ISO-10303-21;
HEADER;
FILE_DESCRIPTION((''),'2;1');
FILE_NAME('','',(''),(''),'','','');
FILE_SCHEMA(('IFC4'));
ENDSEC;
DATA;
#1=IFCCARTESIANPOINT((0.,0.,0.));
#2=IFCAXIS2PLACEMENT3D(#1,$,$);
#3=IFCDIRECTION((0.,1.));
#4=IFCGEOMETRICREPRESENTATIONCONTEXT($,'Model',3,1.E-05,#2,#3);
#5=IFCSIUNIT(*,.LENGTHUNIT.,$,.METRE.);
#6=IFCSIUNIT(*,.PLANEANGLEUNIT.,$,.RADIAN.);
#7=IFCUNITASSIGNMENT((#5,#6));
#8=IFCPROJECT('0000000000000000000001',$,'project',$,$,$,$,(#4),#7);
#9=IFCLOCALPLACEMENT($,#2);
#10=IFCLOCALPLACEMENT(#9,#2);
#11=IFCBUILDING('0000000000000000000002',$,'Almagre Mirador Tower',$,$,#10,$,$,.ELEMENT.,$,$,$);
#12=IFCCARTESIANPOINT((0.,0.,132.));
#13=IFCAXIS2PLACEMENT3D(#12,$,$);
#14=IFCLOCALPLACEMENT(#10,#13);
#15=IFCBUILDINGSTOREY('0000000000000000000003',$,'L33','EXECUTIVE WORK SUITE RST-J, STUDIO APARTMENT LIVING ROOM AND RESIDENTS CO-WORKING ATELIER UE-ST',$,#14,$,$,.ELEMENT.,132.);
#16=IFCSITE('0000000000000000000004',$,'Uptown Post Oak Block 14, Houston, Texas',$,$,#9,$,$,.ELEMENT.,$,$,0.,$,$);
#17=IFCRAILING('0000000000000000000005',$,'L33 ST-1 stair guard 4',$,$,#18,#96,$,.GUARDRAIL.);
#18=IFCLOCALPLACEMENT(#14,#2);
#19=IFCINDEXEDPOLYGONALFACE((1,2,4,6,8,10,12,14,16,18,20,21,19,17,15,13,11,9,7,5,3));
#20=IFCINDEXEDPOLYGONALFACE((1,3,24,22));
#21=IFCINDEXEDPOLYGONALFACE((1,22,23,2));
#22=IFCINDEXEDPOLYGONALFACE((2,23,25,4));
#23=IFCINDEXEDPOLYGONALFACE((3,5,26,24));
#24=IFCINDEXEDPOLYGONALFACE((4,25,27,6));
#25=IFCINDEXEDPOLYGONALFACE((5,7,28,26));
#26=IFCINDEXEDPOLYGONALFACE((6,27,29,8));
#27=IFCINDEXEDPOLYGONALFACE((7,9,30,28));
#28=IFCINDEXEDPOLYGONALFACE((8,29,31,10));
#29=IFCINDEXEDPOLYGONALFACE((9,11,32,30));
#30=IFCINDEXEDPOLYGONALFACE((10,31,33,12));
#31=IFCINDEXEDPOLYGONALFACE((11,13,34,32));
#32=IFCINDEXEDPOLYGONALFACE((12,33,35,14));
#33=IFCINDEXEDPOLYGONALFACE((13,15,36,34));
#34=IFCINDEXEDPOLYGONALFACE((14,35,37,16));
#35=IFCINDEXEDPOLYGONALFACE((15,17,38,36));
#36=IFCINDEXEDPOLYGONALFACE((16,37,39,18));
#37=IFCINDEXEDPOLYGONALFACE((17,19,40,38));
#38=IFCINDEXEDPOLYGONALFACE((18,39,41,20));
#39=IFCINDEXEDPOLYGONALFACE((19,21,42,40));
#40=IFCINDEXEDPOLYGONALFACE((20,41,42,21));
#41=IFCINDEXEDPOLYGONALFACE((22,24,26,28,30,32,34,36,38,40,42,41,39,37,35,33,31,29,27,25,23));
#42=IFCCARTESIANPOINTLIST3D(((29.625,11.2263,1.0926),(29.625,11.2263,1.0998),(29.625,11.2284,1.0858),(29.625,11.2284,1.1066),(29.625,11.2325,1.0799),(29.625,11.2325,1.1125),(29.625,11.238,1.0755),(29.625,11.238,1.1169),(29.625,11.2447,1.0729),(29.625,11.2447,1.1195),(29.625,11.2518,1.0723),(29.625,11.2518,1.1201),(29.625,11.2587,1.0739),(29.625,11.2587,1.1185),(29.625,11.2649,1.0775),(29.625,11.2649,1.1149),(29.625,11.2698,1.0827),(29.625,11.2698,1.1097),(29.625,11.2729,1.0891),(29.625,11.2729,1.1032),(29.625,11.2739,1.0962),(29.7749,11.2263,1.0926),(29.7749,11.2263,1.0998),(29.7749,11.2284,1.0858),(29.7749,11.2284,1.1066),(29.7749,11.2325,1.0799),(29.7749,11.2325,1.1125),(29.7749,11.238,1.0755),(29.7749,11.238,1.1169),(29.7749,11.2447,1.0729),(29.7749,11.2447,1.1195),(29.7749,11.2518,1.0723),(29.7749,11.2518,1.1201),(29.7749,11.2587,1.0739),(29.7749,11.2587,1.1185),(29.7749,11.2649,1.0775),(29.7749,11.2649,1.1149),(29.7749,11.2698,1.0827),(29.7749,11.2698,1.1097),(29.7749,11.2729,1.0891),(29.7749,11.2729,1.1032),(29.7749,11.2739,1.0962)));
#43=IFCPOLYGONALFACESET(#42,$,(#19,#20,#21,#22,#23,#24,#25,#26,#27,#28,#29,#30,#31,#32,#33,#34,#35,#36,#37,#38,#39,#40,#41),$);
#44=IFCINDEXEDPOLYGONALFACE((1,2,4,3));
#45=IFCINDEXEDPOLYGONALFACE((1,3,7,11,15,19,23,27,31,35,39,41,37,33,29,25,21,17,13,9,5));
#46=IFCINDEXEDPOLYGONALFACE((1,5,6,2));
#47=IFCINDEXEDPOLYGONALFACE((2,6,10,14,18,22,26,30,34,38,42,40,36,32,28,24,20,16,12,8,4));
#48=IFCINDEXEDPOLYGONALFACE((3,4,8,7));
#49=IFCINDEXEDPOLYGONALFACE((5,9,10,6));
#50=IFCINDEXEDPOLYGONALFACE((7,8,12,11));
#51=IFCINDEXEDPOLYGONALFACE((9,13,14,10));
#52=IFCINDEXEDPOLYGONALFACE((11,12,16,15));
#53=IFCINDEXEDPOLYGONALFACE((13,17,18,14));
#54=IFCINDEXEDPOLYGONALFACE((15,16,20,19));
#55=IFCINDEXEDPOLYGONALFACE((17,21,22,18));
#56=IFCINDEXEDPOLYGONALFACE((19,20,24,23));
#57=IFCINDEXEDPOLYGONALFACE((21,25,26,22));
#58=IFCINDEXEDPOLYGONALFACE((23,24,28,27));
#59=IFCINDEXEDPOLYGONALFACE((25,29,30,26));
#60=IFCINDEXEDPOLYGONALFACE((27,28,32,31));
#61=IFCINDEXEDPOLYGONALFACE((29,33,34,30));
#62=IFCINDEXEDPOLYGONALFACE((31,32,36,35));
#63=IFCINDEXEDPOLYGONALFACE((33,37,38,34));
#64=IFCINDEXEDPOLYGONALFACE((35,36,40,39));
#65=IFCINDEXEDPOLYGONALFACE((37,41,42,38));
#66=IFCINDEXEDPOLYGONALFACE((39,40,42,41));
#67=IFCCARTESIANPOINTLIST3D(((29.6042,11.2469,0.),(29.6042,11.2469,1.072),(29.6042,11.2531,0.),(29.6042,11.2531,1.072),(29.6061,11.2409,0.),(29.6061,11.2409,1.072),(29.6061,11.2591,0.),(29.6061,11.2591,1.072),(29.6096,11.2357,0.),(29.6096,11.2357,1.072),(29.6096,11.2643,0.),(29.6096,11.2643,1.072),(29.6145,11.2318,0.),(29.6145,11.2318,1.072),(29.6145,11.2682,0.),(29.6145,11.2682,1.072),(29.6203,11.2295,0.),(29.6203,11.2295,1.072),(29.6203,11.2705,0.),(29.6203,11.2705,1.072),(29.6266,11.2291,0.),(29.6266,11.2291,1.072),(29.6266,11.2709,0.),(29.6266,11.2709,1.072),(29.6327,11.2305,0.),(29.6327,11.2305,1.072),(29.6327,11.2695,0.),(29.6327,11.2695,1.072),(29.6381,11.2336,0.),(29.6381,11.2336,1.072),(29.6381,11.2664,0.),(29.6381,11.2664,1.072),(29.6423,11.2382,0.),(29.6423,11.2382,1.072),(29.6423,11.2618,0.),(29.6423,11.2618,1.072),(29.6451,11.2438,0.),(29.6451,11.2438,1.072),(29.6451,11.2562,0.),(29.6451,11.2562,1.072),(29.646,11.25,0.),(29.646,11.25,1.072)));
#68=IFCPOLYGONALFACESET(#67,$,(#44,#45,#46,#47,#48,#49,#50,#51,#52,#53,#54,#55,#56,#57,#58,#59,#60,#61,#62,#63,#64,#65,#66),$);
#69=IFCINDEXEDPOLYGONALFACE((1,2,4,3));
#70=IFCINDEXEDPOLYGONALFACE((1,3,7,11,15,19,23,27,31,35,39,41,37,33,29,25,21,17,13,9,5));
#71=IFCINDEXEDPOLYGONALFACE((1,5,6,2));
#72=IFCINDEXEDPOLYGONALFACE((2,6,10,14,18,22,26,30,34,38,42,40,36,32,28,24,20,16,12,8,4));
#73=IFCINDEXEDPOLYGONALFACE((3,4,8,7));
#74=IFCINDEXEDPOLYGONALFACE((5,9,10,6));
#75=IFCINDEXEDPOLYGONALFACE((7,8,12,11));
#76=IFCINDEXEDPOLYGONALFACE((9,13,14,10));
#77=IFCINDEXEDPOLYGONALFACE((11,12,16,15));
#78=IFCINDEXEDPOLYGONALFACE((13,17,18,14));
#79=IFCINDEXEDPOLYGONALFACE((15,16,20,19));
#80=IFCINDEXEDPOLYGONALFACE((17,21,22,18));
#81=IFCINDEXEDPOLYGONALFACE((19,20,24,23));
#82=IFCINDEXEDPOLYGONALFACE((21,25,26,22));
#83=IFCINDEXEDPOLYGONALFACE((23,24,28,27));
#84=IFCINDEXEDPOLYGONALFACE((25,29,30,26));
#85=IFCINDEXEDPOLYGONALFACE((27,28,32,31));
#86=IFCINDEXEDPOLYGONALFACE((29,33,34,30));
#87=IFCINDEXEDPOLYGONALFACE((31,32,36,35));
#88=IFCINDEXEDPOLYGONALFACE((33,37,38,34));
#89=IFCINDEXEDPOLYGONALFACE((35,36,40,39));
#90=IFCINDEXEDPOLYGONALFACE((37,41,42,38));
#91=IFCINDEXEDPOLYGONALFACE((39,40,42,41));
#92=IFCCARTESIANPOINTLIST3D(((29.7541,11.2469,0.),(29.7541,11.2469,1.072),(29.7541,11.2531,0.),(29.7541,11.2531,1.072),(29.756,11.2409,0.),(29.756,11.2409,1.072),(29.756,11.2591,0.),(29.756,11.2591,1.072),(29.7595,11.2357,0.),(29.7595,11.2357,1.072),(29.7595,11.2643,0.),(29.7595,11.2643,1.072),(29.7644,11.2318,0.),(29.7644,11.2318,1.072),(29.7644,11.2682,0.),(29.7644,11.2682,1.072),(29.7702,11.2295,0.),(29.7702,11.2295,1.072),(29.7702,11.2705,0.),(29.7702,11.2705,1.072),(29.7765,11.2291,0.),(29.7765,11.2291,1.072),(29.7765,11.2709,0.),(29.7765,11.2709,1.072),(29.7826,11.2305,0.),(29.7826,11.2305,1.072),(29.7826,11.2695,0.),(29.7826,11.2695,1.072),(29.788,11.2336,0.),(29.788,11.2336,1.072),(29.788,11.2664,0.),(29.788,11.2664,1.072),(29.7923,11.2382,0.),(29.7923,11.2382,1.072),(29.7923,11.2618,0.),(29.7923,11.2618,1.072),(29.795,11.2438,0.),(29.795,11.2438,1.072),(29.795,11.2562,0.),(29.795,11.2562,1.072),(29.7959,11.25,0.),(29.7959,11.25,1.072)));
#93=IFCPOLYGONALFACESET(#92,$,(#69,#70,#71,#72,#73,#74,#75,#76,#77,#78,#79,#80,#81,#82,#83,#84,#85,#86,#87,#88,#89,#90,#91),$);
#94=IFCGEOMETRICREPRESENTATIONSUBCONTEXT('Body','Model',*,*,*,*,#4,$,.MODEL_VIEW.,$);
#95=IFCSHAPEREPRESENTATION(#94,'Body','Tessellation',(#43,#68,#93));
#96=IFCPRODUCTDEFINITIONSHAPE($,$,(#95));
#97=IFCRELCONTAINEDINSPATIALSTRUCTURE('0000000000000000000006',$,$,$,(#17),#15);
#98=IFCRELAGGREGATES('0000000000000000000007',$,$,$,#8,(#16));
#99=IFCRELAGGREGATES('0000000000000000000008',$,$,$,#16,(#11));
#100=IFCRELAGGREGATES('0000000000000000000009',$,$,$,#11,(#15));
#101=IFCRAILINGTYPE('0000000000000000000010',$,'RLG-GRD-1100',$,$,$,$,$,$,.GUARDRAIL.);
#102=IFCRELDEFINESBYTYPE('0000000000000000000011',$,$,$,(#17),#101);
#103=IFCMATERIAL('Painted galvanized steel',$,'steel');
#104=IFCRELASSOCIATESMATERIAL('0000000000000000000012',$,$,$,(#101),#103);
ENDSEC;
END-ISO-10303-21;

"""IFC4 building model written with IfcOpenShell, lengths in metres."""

from ifc_helpers import new_model, si_unit, direction, frame, origin, origin_2d, place, context, subcontext, project, spatial, circle, extrude, material, type_object, element, save


model = new_model("IFC4")

# Units and contexts
model_context = context("Model", 3, precision=1e-05, world=origin(), true_north=direction((0.0, 1.0)))
body_context = subcontext(model_context, "Body", "Model", "MODEL_VIEW")
ifc_project = project(units=[si_unit("LENGTHUNIT", "METRE"), si_unit("PLANEANGLEUNIT", "RADIAN")], contexts=[model_context])

# Site, building, storey
site_placement = place(None, origin())
site = spatial("IfcSite", under=ifc_project, at=site_placement, Name="Uptown Post Oak Block 14, Houston, Texas", CompositionType="ELEMENT", RefElevation=0.0)
building_placement = place(site_placement, origin())
building = spatial("IfcBuilding", under=site, at=building_placement, Name="Almagre Mirador Tower", CompositionType="ELEMENT")
storey_placement = place(building_placement, frame((0.0, 0.0, 132.0)))
storey = spatial("IfcBuildingStorey", under=building, at=storey_placement, Name="L33", Description="EXECUTIVE WORK SUITE RST-J, STUDIO APARTMENT LIVING ROOM AND RESIDENTS CO-WORKING ATELIER UE-ST", CompositionType="ELEMENT", Elevation=132.0)

# Railing
ifc_material_1 = material(Name="Painted galvanized steel", Category="steel")
railing_type_1 = type_object("IfcRailingType", Name="RLG-GRD-1100", PredefinedType="GUARDRAIL", material=ifc_material_1)
railing_1_placement = place(storey_placement, frame((29.625, 11.25, 0.0)))
element("IfcRailing", 1, at=railing_1_placement, inside=storey, type_object=railing_type_1, Name="L33 ST-1 stair guard 4", PredefinedType="GUARDRAIL", context=body_context, shape_type="SweptSolid", body=[
    extrude(circle(Radius=0.0239, at=origin_2d()), frame((0.0, 0.0, 1.0962), z_axis=(1.0, 0.0, 0.0), x_axis=(0.0, 1.0, 0.0)), (0.0, 0.0, 1.0), 0.1499),
    extrude(circle(Radius=0.021, at=origin_2d()), origin(), (0.0, 0.0, 1.0), 1.072),
    extrude(circle(Radius=0.021, at=origin_2d()), frame((0.1499, 0.0, 0.0)), (0.0, 0.0, 1.0), 1.072),
])

save(model, "model.ifc")
